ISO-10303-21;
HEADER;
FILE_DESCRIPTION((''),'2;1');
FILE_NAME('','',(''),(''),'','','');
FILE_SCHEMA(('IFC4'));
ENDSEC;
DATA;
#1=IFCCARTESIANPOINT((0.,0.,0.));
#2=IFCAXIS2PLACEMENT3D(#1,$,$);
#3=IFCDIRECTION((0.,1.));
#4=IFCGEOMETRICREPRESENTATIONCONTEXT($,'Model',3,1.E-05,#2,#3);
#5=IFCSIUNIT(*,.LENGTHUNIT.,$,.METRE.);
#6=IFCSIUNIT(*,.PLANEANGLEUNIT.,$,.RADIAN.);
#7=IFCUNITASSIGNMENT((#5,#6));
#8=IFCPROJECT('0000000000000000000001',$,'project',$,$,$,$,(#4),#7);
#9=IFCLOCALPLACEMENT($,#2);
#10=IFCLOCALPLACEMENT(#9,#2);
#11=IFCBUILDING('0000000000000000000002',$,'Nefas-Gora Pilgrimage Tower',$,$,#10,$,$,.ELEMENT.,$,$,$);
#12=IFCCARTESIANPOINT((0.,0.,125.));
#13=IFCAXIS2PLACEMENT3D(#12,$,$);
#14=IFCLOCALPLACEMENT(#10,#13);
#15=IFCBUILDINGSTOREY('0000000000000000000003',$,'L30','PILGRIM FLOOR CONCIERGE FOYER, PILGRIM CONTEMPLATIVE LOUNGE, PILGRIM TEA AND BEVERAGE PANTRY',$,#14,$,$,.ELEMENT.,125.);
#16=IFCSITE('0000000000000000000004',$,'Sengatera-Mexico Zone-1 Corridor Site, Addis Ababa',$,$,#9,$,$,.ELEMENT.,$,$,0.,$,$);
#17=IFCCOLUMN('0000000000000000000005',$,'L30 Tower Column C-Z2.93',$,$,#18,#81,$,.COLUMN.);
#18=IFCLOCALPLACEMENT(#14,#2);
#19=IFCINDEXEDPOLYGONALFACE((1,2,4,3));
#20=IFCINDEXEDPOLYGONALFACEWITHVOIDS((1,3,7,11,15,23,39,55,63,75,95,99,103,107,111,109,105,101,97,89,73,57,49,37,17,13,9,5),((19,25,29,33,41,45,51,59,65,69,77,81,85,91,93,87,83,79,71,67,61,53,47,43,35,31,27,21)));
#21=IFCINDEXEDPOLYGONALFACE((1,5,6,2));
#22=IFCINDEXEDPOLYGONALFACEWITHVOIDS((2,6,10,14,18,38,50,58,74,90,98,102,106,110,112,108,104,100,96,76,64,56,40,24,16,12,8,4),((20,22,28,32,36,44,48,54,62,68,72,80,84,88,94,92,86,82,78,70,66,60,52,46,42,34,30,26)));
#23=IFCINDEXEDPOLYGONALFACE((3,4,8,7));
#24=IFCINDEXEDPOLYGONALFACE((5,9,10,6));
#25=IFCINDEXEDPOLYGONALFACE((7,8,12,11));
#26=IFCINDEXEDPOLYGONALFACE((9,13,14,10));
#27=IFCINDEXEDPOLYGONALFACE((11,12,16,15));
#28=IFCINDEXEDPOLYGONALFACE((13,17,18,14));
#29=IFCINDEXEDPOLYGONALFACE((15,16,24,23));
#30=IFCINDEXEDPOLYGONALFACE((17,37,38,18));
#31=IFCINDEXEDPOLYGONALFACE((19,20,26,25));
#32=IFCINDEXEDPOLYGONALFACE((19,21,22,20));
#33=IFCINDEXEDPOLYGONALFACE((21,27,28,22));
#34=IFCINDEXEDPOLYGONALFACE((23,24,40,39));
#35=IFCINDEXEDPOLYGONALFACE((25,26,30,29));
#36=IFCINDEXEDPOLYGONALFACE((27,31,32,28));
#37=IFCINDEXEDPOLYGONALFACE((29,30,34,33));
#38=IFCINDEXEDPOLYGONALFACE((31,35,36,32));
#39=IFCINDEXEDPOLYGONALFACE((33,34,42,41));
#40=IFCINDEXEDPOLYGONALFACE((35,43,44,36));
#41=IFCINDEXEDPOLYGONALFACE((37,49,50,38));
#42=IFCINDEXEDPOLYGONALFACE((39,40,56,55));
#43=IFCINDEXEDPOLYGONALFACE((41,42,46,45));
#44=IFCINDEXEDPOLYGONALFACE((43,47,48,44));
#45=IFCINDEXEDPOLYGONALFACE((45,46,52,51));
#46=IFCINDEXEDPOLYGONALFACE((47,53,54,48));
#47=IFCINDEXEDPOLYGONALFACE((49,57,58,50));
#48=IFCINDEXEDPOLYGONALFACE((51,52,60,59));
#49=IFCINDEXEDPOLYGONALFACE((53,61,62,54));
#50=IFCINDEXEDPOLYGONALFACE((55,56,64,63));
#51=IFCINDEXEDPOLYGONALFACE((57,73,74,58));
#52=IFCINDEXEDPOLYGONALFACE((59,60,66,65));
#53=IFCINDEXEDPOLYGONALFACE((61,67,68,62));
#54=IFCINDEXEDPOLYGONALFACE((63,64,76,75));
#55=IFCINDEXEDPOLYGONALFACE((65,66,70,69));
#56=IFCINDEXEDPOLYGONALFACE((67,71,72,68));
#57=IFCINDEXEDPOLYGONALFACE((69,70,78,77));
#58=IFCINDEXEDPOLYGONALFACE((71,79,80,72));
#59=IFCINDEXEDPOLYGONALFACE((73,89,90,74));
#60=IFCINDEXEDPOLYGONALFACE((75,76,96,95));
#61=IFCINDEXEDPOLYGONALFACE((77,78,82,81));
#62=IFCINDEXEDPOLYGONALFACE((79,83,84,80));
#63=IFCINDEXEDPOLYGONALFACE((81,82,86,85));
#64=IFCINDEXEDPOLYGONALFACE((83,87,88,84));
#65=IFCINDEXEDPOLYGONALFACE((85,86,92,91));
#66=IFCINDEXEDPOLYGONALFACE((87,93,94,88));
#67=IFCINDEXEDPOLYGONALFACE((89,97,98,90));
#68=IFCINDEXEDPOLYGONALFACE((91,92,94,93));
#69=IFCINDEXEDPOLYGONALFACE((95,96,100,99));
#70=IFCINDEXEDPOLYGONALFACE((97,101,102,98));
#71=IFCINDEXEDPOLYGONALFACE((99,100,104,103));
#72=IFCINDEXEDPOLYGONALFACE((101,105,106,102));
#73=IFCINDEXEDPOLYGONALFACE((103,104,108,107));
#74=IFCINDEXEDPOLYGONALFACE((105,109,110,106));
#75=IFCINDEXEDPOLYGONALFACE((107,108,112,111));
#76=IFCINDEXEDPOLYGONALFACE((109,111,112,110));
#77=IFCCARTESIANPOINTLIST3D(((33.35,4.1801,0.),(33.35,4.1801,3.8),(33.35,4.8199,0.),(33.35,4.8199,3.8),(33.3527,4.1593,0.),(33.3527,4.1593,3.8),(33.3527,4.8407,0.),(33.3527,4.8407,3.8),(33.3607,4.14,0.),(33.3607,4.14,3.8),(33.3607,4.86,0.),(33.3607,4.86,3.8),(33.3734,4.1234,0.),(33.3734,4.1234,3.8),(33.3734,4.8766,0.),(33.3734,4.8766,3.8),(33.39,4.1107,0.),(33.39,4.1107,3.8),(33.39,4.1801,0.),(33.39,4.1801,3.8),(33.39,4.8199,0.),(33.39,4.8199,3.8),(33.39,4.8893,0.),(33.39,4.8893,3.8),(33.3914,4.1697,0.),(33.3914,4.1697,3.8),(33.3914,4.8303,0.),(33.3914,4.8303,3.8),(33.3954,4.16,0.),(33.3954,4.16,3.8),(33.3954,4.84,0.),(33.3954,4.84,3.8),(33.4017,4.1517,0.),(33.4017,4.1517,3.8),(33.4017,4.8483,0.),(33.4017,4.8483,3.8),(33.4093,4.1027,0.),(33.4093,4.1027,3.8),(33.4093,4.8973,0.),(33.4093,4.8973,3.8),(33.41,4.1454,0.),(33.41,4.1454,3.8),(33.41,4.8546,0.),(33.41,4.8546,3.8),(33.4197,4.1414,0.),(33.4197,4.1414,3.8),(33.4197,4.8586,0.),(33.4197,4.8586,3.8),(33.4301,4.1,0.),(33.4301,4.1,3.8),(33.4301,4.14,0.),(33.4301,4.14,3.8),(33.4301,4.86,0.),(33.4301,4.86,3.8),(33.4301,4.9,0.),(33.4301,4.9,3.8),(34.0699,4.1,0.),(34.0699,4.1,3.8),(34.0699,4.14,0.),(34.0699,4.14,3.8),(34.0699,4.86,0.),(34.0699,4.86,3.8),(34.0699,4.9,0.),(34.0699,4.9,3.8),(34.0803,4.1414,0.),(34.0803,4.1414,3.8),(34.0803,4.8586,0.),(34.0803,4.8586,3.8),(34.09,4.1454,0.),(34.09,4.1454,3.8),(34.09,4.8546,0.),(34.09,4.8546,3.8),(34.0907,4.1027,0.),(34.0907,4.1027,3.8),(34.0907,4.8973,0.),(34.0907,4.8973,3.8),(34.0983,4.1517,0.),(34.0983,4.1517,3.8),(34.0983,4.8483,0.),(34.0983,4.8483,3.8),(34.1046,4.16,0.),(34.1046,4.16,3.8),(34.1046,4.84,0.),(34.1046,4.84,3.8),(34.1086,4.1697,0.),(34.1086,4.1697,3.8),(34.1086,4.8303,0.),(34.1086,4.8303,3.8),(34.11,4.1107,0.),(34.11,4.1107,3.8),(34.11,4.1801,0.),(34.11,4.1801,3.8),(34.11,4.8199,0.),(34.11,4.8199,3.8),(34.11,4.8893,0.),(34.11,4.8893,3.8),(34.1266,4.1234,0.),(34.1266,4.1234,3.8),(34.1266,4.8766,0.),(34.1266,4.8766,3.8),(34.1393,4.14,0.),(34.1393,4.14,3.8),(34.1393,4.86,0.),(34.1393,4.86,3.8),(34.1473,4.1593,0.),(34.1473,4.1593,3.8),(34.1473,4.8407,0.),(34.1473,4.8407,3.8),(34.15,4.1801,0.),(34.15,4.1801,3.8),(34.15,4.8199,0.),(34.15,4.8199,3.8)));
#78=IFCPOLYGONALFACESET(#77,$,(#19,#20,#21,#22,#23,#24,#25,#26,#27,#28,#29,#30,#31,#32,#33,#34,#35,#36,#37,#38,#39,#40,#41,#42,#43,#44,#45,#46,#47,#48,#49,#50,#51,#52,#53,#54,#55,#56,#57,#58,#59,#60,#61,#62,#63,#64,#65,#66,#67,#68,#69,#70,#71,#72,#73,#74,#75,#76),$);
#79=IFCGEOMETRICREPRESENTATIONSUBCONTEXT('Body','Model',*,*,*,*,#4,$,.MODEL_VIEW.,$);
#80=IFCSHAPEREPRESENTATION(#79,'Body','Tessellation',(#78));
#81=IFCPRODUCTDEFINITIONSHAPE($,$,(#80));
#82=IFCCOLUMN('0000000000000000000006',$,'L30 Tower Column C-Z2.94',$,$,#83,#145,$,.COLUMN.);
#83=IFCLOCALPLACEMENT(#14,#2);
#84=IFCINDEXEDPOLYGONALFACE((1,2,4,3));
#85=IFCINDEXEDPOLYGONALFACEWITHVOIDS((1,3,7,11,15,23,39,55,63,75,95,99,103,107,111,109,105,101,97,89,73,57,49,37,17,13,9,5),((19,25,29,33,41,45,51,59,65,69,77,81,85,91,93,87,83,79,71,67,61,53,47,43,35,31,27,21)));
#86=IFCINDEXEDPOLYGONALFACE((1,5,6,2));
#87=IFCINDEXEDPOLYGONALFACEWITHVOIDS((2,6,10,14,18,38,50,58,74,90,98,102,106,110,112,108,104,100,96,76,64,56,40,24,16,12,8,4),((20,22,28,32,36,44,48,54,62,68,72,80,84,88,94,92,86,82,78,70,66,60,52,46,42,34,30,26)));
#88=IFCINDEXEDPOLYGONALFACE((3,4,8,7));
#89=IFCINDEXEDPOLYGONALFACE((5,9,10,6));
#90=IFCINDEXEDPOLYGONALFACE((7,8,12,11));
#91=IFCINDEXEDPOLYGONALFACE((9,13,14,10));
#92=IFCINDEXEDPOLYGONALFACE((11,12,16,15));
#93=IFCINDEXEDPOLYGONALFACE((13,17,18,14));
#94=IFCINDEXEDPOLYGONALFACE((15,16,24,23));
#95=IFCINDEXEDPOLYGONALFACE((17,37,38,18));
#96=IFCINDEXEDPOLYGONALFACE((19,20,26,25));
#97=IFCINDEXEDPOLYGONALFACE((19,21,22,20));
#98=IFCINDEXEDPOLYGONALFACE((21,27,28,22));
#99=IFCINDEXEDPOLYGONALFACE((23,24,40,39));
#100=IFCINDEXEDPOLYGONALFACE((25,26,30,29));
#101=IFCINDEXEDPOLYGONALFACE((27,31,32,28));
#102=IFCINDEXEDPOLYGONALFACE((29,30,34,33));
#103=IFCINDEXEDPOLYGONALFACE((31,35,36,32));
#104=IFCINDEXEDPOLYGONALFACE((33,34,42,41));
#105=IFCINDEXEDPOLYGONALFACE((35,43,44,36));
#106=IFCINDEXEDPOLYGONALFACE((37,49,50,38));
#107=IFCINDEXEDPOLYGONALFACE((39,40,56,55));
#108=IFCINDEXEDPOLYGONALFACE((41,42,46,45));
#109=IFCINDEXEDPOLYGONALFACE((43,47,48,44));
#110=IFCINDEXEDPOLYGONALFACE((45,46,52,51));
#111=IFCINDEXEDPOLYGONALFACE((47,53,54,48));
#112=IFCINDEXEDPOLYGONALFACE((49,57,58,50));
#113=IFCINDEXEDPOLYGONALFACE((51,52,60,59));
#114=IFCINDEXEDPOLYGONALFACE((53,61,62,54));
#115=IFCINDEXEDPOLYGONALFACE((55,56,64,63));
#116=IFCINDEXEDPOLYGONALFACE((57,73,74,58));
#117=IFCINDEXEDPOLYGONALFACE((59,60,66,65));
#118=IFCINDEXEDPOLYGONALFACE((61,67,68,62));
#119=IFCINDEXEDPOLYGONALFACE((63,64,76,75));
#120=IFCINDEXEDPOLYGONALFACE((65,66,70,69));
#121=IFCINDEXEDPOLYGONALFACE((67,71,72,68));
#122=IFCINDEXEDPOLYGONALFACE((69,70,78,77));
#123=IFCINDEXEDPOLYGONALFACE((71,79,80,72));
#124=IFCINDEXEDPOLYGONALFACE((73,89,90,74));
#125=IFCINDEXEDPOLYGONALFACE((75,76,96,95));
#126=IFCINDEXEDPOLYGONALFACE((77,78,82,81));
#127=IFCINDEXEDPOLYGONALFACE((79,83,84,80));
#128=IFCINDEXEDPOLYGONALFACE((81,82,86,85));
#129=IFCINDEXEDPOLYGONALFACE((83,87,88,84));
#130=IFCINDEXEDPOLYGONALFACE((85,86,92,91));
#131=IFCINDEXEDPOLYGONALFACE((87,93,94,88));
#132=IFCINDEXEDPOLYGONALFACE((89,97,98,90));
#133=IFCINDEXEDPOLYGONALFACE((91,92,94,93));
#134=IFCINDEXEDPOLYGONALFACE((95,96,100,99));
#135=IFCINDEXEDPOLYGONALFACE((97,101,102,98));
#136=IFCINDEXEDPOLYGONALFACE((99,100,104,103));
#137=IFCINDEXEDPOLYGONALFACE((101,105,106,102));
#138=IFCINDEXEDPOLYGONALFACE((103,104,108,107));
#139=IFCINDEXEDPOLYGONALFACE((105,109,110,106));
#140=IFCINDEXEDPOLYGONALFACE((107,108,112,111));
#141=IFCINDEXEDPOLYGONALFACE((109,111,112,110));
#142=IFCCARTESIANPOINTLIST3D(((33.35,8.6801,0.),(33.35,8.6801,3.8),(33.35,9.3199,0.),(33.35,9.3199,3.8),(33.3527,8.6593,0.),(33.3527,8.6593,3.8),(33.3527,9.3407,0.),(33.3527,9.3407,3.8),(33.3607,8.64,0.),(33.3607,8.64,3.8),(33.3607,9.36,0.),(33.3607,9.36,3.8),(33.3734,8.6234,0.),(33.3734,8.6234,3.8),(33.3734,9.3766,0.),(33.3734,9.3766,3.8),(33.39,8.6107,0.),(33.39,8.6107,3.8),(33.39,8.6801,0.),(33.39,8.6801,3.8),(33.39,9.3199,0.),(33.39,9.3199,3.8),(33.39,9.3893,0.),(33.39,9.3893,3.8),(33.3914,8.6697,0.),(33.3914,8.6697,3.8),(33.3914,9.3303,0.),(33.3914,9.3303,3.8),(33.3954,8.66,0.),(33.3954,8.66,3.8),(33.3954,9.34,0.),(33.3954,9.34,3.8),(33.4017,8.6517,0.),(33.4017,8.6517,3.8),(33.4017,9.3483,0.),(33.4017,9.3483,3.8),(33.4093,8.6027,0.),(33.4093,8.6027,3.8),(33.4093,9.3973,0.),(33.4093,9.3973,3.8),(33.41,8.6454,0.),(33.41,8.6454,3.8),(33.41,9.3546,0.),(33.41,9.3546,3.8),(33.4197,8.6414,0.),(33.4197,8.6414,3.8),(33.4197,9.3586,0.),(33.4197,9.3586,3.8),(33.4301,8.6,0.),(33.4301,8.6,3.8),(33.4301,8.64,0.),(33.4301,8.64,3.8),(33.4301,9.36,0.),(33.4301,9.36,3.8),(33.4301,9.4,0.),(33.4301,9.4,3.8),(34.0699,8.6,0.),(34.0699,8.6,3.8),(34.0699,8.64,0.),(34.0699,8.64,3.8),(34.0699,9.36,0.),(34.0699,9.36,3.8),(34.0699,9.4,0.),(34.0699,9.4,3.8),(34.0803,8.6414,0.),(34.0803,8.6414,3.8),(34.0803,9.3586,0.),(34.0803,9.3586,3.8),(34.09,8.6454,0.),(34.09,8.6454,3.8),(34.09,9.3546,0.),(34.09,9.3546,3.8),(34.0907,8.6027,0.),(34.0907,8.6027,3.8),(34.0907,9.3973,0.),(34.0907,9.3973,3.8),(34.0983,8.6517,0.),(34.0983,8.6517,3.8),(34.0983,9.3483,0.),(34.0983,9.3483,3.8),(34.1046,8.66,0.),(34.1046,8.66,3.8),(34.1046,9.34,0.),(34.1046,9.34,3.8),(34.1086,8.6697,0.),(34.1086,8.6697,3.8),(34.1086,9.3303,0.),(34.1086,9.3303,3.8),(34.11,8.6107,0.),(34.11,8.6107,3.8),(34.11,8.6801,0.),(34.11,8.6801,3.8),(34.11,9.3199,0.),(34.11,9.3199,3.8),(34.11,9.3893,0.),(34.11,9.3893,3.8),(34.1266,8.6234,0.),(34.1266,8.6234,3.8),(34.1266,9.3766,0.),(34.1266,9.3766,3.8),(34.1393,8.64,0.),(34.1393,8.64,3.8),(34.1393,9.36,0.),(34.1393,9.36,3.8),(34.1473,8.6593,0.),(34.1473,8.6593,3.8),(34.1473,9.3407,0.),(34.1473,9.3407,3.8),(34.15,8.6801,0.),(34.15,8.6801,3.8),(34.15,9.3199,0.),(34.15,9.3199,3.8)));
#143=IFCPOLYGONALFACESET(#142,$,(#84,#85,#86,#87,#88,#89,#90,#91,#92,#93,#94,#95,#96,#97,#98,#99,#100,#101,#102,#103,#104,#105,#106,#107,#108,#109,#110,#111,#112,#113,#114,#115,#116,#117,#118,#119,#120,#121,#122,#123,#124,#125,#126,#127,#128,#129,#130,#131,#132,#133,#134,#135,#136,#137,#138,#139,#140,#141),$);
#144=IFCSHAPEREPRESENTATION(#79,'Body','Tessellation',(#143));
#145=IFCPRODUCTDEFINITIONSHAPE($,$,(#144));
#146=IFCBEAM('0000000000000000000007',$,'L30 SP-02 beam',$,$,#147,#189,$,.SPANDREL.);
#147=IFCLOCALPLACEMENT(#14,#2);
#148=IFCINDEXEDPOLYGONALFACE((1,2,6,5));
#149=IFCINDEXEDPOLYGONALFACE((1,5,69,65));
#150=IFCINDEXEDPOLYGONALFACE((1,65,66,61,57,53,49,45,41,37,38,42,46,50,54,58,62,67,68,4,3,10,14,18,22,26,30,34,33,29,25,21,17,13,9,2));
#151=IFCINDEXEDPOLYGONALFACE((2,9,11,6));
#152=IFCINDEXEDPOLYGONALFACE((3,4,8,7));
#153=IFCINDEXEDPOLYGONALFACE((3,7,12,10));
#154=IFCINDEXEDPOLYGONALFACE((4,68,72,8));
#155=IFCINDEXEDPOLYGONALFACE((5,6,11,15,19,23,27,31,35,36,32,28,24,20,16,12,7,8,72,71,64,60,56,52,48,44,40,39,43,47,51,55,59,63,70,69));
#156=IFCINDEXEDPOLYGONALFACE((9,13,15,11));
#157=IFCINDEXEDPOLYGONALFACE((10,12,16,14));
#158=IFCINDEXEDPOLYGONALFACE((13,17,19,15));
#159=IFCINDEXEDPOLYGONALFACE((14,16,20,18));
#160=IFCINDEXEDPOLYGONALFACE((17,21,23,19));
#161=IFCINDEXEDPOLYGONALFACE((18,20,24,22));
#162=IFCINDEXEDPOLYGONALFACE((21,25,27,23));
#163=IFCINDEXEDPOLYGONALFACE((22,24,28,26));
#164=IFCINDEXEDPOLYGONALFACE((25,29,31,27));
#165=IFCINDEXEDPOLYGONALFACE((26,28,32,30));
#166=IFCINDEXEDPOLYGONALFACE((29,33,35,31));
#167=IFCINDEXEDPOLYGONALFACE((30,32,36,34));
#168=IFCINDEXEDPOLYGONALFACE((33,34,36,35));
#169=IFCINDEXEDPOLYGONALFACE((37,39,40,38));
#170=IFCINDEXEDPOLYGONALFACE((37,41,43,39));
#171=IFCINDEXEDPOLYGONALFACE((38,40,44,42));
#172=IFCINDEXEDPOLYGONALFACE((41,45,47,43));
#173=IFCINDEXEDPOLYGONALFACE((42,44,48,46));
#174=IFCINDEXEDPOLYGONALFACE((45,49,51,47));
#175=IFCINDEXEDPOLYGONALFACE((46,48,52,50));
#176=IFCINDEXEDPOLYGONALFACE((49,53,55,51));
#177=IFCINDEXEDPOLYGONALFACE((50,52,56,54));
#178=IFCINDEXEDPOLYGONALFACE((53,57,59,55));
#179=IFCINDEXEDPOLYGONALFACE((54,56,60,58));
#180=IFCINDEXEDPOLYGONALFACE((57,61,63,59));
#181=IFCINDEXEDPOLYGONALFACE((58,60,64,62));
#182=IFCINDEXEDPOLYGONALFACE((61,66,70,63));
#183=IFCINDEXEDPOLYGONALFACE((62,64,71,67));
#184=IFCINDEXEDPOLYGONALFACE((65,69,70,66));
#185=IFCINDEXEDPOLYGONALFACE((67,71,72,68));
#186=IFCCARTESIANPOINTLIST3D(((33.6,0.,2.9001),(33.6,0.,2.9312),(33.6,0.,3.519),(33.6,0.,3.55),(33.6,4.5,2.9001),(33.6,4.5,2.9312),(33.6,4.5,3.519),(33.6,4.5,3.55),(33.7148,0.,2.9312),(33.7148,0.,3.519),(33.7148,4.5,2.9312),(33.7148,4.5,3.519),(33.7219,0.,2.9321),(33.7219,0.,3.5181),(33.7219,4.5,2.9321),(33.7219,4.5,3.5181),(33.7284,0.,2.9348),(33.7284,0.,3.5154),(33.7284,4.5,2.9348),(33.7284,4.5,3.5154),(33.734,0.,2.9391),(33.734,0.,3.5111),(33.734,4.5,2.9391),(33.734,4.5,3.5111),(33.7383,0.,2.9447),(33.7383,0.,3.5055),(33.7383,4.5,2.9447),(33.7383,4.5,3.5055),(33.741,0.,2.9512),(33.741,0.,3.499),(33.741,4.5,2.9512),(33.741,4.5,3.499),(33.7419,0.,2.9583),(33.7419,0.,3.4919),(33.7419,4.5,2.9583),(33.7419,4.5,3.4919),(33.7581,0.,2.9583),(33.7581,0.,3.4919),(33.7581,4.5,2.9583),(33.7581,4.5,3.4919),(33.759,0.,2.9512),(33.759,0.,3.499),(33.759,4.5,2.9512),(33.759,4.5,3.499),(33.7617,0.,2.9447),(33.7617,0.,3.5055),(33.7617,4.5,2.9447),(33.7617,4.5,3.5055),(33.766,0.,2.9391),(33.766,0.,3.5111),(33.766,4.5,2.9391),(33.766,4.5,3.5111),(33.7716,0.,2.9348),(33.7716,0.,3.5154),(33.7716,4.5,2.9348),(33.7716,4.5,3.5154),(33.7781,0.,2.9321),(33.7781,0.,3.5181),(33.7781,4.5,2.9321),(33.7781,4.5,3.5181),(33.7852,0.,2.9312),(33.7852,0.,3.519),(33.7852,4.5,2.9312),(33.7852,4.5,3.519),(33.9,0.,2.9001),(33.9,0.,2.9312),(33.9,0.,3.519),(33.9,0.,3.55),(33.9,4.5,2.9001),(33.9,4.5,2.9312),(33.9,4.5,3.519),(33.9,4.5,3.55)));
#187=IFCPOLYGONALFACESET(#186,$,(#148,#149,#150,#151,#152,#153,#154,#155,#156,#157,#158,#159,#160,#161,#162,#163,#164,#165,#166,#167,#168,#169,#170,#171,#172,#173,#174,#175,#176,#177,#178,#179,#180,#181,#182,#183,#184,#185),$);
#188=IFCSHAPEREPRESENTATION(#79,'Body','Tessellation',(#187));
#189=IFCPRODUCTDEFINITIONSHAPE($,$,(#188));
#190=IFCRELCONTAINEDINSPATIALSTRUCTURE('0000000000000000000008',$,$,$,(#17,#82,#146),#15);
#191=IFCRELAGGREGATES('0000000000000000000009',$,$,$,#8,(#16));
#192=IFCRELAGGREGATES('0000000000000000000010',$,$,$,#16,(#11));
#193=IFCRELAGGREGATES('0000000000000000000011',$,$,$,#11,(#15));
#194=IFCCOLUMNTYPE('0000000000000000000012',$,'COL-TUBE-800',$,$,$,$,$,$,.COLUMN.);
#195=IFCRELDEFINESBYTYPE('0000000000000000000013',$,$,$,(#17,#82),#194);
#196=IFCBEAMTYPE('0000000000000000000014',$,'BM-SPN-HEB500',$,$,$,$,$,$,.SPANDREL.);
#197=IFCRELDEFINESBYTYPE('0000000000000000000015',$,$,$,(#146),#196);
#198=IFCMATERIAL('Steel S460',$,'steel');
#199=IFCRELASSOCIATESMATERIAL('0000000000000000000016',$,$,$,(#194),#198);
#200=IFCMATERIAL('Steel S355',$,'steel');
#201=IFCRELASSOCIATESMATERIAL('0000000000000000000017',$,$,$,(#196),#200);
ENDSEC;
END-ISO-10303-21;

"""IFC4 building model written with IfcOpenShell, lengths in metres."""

from ifc_helpers import new_model, si_unit, direction, frame, origin, origin_2d, place, context, subcontext, project, spatial, hollow_rectangle, i_section, extrude, source, transform, mapped, material, material_profile, profile_set, type_object, element, save


model = new_model("IFC4")

# Units and contexts
model_context = context("Model", 3, precision=1e-05, world=origin(), true_north=direction((0.0, 1.0)))
body_context = subcontext(model_context, "Body", "Model", "MODEL_VIEW")
ifc_project = project(units=[si_unit("LENGTHUNIT", "METRE"), si_unit("PLANEANGLEUNIT", "RADIAN")], contexts=[model_context])

# Site, building, storey
site_placement = place(None, origin())
site = spatial("IfcSite", under=ifc_project, at=site_placement, Name="Sengatera-Mexico Zone-1 Corridor Site, Addis Ababa", CompositionType="ELEMENT", RefElevation=0.0)
building_placement = place(site_placement, origin())
building = spatial("IfcBuilding", under=site, at=building_placement, Name="Nefas-Gora Pilgrimage Tower", CompositionType="ELEMENT")
storey_placement = place(building_placement, frame((0.0, 0.0, 125.0)))
storey = spatial("IfcBuildingStorey", under=building, at=storey_placement, Name="L30", Description="PILGRIM FLOOR CONCIERGE FOYER, PILGRIM CONTEMPLATIVE LOUNGE, PILGRIM TEA AND BEVERAGE PANTRY", CompositionType="ELEMENT", Elevation=125.0)

# Columns
ifc_material_1 = material(Name="Steel S460", Category="steel")
ifc_material_profile_1 = material_profile(ifc_material_1, hollow_rectangle(XDim=0.8, YDim=0.8, WallThickness=0.04, InnerFilletRadius=0.04, OuterFilletRadius=0.0801, at=origin_2d()), Name="BOX 800x800x40")
ifc_profile_set_1 = profile_set([ifc_material_profile_1], Name="Steel S460")
column_type_1 = type_object("IfcColumnType", Name="COL-TUBE-800", PredefinedType="COLUMN", material=ifc_profile_set_1)
shared_shape_1 = source(origin(), body_context, "Body", "SweptSolid", [
    extrude(hollow_rectangle(XDim=0.8, YDim=0.8, WallThickness=0.04, InnerFilletRadius=0.04, OuterFilletRadius=0.0801, at=origin_2d()), origin(), (0.0, 0.0, 1.0), 3.8),
])
for number, where, z_axis, x_axis, name in (
    (1, (33.75, 4.5, 0.0), (0.0, 0.0, 1.0), (1.0, 0.0, 0.0), "L30 Tower Column C-Z2.93"),
    (2, (33.75, 9.0, 0.0), (0.0, 0.0, 1.0), (1.0, 0.0, 0.0), "L30 Tower Column C-Z2.94"),
):
    element("IfcColumn", number, at=place(storey_placement, frame(where, z_axis=z_axis, x_axis=x_axis)), inside=storey, type_object=column_type_1, Name=name, PredefinedType="COLUMN", context=body_context, shape_type="MappedRepresentation", body=[
        mapped(shared_shape_1, transform((0.0, 0.0, 0.0), x_axis=(1.0, 0.0, 0.0), y_axis=(0.0, 1.0, 0.0), z_axis=(0.0, 0.0, 1.0), scale=1.0)),
    ])

# Beam
ifc_material_2 = material(Name="Steel S355", Category="steel")
ifc_material_profile_2 = material_profile(ifc_material_2, i_section(OverallWidth=0.3, OverallDepth=0.6499, WebThickness=0.0161, FlangeThickness=0.031, FilletRadius=0.0271, at=origin_2d()), Name="HEB 650")
ifc_profile_set_2 = profile_set([ifc_material_profile_2], Name="Steel S355")
beam_type_1 = type_object("IfcBeamType", Name="BM-SPN-HEB500", PredefinedType="SPANDREL", material=ifc_profile_set_2)
shared_shape_2 = source(origin(), body_context, "Body", "SweptSolid", [
    extrude(i_section(OverallWidth=0.3, OverallDepth=0.6499, WebThickness=0.0161, FlangeThickness=0.031, FilletRadius=0.0271, at=origin_2d()), origin(), (0.0, 0.0, 1.0), 4.5),
])
for number, where, z_axis, x_axis, name in (
    (3, (33.75, 0.0, 3.2251), (0.0, 1.0, 0.0), (-1.0, 0.0, 0.0), "L30 SP-02 beam"),
):
    element("IfcBeam", number, at=place(storey_placement, frame(where, z_axis=z_axis, x_axis=x_axis)), inside=storey, type_object=beam_type_1, Name=name, PredefinedType="SPANDREL", context=body_context, shape_type="MappedRepresentation", body=[
        mapped(shared_shape_2, transform((0.0, 0.0, 0.0), x_axis=(1.0, 0.0, 0.0), y_axis=(0.0, 1.0, 0.0), z_axis=(0.0, 0.0, 1.0), scale=1.0)),
    ])

save(model, "model.ifc")
